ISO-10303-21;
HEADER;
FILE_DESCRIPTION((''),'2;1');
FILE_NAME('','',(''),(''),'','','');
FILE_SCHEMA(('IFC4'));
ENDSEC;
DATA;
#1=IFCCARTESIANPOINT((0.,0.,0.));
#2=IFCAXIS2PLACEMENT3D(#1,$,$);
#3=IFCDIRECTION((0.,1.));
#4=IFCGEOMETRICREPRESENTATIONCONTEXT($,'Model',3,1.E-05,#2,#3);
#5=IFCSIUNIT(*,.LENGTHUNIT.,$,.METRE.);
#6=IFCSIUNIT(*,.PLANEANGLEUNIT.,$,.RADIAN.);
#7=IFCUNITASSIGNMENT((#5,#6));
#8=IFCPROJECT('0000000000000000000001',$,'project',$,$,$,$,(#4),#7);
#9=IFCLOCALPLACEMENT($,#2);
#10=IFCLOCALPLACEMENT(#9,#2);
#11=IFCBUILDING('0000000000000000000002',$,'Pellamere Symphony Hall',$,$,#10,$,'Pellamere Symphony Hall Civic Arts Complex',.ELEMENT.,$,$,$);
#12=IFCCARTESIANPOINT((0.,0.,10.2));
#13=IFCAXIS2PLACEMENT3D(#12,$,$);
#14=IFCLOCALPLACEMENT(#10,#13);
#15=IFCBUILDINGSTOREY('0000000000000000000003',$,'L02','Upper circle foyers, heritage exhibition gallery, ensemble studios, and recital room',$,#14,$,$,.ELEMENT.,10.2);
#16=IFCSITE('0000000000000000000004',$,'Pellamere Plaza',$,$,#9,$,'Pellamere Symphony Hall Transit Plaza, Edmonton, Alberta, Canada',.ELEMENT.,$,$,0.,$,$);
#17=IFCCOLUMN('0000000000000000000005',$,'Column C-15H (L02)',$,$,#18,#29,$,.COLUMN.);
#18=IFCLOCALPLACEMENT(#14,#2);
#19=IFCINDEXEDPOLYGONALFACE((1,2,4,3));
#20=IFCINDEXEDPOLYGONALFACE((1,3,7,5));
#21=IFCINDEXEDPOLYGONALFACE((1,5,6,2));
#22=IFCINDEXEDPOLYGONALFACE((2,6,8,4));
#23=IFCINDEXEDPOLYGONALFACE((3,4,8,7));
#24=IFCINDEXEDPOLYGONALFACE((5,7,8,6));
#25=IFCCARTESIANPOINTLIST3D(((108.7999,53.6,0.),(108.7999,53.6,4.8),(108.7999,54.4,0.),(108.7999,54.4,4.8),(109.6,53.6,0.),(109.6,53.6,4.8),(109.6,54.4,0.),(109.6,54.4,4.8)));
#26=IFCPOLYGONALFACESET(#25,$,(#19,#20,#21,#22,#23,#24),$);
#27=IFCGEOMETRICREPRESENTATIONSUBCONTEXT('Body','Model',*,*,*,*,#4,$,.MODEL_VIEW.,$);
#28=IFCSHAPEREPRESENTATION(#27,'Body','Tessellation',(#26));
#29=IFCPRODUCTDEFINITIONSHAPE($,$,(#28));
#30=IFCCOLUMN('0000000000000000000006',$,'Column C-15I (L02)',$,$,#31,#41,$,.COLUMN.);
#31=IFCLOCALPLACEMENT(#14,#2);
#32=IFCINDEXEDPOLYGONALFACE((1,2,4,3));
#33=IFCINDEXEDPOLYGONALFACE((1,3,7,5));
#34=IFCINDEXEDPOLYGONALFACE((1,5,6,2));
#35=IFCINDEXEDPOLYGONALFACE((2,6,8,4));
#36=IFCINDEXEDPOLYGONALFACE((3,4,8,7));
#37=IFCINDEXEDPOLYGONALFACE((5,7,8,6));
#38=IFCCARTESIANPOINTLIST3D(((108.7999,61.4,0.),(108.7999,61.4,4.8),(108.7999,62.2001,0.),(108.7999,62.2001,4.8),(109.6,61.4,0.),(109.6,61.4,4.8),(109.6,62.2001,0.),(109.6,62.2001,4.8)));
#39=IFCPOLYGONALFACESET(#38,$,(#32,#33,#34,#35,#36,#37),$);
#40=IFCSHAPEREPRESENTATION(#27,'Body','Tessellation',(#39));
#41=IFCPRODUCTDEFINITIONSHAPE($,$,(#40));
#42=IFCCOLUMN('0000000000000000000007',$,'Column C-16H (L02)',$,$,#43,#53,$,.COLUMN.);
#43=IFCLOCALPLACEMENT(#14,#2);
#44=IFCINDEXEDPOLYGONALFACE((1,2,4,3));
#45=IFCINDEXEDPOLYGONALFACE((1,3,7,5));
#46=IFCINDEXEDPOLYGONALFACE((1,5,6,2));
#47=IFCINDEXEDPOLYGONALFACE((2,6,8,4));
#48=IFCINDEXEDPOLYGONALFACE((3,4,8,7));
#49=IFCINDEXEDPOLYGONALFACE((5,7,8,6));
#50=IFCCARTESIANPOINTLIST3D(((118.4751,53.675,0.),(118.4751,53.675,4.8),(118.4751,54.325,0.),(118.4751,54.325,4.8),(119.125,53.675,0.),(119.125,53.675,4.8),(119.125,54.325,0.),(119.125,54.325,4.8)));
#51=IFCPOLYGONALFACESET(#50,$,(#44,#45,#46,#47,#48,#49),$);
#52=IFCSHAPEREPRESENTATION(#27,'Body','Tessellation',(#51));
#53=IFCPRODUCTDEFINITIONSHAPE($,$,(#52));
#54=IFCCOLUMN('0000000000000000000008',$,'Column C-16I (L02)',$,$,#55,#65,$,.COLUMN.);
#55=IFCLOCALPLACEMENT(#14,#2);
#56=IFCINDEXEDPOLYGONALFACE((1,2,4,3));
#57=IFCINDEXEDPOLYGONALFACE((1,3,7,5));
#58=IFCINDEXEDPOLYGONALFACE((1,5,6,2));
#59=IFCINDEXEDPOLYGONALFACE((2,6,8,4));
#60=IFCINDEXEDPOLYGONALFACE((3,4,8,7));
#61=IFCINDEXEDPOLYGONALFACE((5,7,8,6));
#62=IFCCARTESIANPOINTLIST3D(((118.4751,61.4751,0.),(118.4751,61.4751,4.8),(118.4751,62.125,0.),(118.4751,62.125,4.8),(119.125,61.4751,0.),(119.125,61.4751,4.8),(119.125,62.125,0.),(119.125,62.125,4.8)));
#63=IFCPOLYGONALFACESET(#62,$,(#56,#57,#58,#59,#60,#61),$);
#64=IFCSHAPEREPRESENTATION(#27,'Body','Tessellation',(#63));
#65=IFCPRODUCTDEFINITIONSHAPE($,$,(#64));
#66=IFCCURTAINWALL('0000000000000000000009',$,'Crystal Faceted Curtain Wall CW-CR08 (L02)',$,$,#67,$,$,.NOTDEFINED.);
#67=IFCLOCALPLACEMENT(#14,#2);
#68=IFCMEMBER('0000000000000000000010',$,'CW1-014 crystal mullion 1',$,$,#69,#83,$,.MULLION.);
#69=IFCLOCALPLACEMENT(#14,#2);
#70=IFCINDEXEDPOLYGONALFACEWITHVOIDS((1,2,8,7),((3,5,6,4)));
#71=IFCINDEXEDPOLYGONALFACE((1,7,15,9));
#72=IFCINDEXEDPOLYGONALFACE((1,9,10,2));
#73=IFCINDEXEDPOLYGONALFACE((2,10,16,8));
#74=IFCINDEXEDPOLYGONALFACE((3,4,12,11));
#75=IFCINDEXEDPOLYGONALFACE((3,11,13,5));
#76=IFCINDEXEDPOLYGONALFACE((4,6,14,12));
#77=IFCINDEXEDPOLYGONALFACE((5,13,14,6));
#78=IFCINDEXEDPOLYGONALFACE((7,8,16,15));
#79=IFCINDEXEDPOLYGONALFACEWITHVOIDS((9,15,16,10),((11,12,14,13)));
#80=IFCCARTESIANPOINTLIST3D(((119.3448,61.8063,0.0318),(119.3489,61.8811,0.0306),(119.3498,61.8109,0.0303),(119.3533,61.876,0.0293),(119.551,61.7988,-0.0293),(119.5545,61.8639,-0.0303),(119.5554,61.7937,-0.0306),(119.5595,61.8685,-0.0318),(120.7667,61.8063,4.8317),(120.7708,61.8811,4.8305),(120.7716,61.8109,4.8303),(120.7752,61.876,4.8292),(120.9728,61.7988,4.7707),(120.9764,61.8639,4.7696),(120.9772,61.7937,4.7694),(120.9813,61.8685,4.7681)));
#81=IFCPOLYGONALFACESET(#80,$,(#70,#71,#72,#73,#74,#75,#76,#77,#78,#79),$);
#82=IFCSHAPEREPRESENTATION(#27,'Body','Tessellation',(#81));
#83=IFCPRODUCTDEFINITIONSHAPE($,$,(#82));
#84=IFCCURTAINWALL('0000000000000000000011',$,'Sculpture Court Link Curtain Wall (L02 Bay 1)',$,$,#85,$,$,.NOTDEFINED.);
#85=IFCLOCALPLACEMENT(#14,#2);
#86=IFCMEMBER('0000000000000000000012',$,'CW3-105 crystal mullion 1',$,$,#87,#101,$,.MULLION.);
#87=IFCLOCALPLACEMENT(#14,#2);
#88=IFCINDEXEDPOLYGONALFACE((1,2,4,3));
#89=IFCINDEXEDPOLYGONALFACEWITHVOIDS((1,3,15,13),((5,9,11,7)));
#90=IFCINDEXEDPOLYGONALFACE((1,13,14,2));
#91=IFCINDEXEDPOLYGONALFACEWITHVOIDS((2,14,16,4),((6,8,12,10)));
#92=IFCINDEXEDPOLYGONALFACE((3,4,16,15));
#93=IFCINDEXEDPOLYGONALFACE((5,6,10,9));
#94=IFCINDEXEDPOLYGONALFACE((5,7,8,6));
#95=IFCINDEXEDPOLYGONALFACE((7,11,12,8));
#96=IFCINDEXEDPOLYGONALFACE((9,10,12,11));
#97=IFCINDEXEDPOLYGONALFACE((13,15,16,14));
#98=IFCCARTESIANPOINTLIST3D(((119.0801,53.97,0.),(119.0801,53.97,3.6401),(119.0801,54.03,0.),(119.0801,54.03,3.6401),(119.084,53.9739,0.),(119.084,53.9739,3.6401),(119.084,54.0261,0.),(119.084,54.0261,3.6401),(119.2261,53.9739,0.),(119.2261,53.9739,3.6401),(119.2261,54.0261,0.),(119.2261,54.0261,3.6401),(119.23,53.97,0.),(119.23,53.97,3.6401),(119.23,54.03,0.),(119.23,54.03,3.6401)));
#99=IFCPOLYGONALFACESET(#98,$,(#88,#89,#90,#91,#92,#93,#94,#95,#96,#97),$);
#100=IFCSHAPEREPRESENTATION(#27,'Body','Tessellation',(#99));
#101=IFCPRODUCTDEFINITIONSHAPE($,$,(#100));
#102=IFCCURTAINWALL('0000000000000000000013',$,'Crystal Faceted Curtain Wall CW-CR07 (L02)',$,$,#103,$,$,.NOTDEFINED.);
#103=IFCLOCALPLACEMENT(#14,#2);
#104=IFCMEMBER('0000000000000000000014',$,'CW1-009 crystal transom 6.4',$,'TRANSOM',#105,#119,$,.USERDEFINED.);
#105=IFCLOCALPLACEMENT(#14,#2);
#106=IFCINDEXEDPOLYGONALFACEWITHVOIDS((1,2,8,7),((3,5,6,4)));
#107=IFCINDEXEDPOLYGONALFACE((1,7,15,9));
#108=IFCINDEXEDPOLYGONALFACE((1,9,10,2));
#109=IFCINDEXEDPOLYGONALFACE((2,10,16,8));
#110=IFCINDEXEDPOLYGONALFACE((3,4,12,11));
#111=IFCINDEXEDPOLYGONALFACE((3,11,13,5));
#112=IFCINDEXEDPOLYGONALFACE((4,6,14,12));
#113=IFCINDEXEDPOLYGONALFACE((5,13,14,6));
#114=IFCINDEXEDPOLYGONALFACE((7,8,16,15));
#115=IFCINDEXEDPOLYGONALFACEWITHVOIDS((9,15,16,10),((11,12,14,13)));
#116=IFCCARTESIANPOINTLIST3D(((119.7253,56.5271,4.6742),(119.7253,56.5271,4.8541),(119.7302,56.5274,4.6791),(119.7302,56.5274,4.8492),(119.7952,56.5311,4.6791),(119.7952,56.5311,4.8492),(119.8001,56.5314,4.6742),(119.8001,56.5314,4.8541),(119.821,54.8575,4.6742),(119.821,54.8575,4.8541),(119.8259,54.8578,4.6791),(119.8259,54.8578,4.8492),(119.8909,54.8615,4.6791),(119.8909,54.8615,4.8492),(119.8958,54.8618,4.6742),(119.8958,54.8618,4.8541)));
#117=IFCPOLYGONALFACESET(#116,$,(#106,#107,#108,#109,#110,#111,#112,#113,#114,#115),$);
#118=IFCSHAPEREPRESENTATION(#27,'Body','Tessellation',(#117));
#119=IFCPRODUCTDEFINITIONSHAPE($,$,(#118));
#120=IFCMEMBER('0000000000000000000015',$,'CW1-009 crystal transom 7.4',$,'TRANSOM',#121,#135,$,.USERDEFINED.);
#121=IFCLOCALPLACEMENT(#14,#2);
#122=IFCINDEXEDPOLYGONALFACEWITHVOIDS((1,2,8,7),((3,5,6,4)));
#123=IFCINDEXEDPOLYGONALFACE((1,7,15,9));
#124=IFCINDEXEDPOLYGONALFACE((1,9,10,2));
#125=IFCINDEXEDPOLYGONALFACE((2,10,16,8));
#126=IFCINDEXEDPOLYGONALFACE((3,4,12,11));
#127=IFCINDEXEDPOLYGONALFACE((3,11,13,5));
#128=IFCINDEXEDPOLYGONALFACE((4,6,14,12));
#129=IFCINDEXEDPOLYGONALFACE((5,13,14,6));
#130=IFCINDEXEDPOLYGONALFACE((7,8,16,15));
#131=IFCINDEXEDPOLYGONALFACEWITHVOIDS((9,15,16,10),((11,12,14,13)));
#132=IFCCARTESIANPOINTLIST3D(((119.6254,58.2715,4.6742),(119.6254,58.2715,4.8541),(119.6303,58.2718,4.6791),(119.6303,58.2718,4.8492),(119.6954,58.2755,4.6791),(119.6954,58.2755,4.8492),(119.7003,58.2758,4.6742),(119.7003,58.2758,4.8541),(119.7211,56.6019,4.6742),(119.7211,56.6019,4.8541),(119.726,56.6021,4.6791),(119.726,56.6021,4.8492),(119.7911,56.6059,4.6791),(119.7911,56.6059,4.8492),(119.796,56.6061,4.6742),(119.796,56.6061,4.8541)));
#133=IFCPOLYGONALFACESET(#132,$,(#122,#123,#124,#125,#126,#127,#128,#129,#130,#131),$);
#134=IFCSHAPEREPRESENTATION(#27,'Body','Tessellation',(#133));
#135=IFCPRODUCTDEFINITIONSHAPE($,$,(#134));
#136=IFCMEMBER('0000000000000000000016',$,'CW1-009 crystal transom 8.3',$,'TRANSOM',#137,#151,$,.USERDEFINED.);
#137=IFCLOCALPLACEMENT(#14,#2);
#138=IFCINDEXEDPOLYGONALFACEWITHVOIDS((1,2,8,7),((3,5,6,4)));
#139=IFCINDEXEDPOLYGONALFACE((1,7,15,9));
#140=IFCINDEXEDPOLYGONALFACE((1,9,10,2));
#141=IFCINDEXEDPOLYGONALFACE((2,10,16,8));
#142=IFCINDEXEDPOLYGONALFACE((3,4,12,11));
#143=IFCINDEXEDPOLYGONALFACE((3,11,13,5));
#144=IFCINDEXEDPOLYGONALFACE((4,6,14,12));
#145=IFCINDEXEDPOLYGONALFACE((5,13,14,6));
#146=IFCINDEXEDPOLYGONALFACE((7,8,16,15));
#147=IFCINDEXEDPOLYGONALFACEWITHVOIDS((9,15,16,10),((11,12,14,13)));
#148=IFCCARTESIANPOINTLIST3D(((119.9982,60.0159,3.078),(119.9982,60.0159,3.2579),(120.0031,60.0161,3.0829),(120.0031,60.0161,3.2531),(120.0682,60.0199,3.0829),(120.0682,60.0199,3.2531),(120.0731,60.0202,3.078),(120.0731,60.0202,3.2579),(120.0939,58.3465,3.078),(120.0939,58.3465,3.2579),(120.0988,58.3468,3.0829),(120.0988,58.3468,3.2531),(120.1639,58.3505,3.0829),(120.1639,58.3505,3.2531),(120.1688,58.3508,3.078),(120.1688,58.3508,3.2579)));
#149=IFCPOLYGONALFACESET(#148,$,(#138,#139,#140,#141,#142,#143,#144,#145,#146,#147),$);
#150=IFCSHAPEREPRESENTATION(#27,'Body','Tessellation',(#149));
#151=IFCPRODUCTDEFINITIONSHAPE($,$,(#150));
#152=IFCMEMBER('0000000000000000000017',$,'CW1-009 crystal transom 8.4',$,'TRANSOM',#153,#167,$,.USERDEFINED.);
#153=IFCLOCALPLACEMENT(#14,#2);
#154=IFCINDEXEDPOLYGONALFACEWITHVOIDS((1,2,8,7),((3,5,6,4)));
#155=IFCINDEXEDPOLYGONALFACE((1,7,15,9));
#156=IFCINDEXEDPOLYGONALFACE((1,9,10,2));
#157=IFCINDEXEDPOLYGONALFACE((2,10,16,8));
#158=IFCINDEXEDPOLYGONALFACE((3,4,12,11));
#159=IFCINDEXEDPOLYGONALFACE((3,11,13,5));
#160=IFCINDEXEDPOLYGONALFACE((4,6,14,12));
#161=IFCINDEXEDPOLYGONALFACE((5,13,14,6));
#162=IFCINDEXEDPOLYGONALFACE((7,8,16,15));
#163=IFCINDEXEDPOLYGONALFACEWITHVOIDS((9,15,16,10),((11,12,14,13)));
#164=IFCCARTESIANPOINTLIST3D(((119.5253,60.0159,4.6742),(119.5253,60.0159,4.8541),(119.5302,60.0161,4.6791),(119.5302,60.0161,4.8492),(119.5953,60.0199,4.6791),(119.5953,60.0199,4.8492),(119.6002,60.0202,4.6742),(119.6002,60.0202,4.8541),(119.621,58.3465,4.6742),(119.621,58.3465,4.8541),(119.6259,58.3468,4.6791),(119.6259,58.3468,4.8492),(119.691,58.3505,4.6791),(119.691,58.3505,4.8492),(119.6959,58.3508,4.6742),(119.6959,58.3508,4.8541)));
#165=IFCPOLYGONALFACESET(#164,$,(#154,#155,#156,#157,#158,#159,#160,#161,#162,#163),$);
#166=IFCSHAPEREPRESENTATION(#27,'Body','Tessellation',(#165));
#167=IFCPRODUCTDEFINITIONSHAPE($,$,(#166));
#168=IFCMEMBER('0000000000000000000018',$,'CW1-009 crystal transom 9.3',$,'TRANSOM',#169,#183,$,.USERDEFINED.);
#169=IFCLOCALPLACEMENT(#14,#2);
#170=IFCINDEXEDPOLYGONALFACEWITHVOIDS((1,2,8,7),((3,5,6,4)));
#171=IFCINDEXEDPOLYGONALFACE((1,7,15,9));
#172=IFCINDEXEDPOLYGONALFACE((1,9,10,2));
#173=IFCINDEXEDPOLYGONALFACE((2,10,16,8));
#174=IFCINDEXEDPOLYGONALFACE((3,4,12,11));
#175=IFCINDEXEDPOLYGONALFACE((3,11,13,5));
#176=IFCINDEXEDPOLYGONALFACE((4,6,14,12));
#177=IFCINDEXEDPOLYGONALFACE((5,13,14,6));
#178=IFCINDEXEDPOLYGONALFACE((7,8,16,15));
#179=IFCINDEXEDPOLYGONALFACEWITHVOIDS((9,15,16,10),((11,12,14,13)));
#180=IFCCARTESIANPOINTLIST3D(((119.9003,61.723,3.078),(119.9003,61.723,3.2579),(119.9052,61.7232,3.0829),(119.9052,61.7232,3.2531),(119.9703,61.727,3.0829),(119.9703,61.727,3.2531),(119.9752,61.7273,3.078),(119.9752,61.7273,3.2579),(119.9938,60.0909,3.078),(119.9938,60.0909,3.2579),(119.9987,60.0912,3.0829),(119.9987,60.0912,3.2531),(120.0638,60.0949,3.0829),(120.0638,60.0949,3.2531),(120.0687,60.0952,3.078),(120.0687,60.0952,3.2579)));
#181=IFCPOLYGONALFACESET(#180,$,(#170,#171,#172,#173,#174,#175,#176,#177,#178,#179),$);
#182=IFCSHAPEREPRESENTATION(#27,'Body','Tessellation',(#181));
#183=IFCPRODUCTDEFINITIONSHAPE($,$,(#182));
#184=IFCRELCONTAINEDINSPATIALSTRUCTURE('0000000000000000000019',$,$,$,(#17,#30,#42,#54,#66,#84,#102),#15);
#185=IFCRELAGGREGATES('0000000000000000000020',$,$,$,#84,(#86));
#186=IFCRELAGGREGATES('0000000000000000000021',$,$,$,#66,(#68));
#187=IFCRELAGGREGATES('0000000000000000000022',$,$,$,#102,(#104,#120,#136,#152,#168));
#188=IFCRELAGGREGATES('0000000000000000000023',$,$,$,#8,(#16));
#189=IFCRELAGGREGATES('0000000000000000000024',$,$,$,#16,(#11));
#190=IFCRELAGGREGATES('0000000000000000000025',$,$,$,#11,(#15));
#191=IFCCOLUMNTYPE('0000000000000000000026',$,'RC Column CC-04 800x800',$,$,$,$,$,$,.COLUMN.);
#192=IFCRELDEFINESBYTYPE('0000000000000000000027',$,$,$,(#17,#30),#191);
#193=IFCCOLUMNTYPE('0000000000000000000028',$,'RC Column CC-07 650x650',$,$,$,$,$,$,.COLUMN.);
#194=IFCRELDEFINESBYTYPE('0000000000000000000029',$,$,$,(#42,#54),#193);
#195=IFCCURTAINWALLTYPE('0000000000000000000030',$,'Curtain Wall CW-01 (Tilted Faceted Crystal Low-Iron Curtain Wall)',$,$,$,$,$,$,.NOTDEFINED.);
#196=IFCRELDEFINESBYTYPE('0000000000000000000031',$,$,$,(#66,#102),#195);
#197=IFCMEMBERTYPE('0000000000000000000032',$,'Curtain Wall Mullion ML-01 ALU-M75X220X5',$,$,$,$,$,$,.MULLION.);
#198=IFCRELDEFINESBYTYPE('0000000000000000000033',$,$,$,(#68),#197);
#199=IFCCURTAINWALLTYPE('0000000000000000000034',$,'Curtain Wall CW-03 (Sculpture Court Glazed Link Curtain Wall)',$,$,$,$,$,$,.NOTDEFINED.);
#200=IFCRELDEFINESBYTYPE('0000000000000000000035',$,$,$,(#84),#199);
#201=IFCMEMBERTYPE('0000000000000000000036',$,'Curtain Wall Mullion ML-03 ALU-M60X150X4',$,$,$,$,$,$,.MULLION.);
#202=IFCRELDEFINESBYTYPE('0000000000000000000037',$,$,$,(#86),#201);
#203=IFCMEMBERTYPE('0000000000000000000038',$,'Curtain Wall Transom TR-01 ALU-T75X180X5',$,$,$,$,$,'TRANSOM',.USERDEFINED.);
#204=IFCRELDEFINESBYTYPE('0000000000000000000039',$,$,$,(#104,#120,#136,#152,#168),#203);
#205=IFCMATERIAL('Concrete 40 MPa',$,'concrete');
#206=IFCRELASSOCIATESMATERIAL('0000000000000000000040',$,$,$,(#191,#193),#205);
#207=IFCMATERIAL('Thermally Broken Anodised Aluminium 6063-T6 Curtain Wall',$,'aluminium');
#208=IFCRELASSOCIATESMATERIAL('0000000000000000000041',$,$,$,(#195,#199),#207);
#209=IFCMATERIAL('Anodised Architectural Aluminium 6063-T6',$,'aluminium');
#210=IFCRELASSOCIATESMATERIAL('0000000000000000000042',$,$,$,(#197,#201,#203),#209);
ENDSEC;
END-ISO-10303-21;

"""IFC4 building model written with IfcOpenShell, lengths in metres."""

from ifc_helpers import new_model, si_unit, direction, frame, origin, origin_2d, place, context, subcontext, project, spatial, rectangle, hollow_rectangle, extrude, material, material_profile, profile_set, type_object, element, aggregate, save


model = new_model("IFC4")

# Units and contexts
model_context = context("Model", 3, precision=1e-05, world=origin(), true_north=direction((0.0, 1.0)))
body_context = subcontext(model_context, "Body", "Model", "MODEL_VIEW")
ifc_project = project(units=[si_unit("LENGTHUNIT", "METRE"), si_unit("PLANEANGLEUNIT", "RADIAN")], contexts=[model_context])

# Site, building, storey
site_placement = place(None, origin())
site = spatial("IfcSite", under=ifc_project, at=site_placement, Name="Pellamere Plaza", LongName="Pellamere Symphony Hall Transit Plaza, Edmonton, Alberta, Canada", CompositionType="ELEMENT", RefElevation=0.0)
building_placement = place(site_placement, origin())
building = spatial("IfcBuilding", under=site, at=building_placement, Name="Pellamere Symphony Hall", LongName="Pellamere Symphony Hall Civic Arts Complex", CompositionType="ELEMENT")
storey_placement = place(building_placement, frame((0.0, 0.0, 10.2)))
storey = spatial("IfcBuildingStorey", under=building, at=storey_placement, Name="L02", Description="Upper circle foyers, heritage exhibition gallery, ensemble studios, and recital room", CompositionType="ELEMENT", Elevation=10.2)

# Columns
ifc_material_1 = material(Name="Concrete 40 MPa", Category="concrete")
ifc_material_profile_1 = material_profile(ifc_material_1, rectangle(XDim=0.8, YDim=0.8, at=origin_2d()), Name="RC 800x800")
ifc_profile_set_1 = profile_set([ifc_material_profile_1], Name="Concrete 40 MPa")
column_type_1 = type_object("IfcColumnType", Name="RC Column CC-04 800x800", PredefinedType="COLUMN", material=ifc_profile_set_1)
for number, where, z_axis, x_axis, name in (
    (1, (109.2, 54.0, 0.0), (0.0, 0.0, 1.0), (1.0, 0.0, 0.0), "Column C-15H (L02)"),
    (2, (109.2, 61.8, 0.0), (0.0, 0.0, 1.0), (1.0, 0.0, 0.0), "Column C-15I (L02)"),
):
    element("IfcColumn", number, at=place(storey_placement, frame(where, z_axis=z_axis, x_axis=x_axis)), inside=storey, type_object=column_type_1, Name=name, PredefinedType="COLUMN", context=body_context, shape_type="SweptSolid", body=[
        extrude(rectangle(XDim=0.8, YDim=0.8, at=origin_2d()), origin(), (0.0, 0.0, 1.0), 4.8),
    ])
ifc_material_profile_2 = material_profile(ifc_material_1, rectangle(XDim=0.6499, YDim=0.6499, at=origin_2d()), Name="RC 650x650")
ifc_profile_set_2 = profile_set([ifc_material_profile_2], Name="Concrete 40 MPa")
column_type_2 = type_object("IfcColumnType", Name="RC Column CC-07 650x650", PredefinedType="COLUMN", material=ifc_profile_set_2)
for number, where, z_axis, x_axis, name in (
    (3, (118.8, 54.0, 0.0), (0.0, 0.0, 1.0), (1.0, 0.0, 0.0), "Column C-16H (L02)"),
    (4, (118.8, 61.8, 0.0), (0.0, 0.0, 1.0), (1.0, 0.0, 0.0), "Column C-16I (L02)"),
):
    element("IfcColumn", number, at=place(storey_placement, frame(where, z_axis=z_axis, x_axis=x_axis)), inside=storey, type_object=column_type_2, Name=name, PredefinedType="COLUMN", context=body_context, shape_type="SweptSolid", body=[
        extrude(rectangle(XDim=0.6499, YDim=0.6499, at=origin_2d()), origin(), (0.0, 0.0, 1.0), 4.8),
    ])

# Curtain walls, members
ifc_material_2 = material(Name="Thermally Broken Anodised Aluminium 6063-T6 Curtain Wall", Category="aluminium")
curtain_wall_type_1 = type_object("IfcCurtainWallType", Name="Curtain Wall CW-01 (Tilted Faceted Crystal Low-Iron Curtain Wall)", PredefinedType="NOTDEFINED", material=ifc_material_2)
curtain_wall_1_placement = place(storey_placement, origin())
curtain_wall_1 = element("IfcCurtainWall", 5, at=curtain_wall_1_placement, inside=storey, type_object=curtain_wall_type_1, Name="Crystal Faceted Curtain Wall CW-CR08 (L02)", PredefinedType="NOTDEFINED")
ifc_material_3 = material(Name="Anodised Architectural Aluminium 6063-T6", Category="aluminium")
ifc_material_profile_3 = material_profile(ifc_material_3, hollow_rectangle(XDim=0.075, YDim=0.22, WallThickness=0.0049, at=origin_2d()), Name="ALU-M75X220X5")
ifc_profile_set_3 = profile_set([ifc_material_profile_3], Name="Anodised Architectural Aluminium 6063-T6")
member_type_1 = type_object("IfcMemberType", Name="Curtain Wall Mullion ML-01 ALU-M75X220X5", PredefinedType="MULLION", material=ifc_profile_set_3)
member_1_placement = place(storey_placement, frame((119.4521, 61.8374, 0.0), z_axis=(0.284022, 0.0, 0.958818), x_axis=(-0.054874, -0.998361, 0.016255)))
member_1 = element("IfcMember", 6, at=member_1_placement, type_object=member_type_1, Name="CW1-014 crystal mullion 1", PredefinedType="MULLION", context=body_context, shape_type="SweptSolid", body=[
    extrude(hollow_rectangle(XDim=0.075, YDim=0.22, WallThickness=0.0049, at=origin_2d()), origin(), (0.0, 0.0, 1.0), 5.0061),
])
curtain_wall_type_2 = type_object("IfcCurtainWallType", Name="Curtain Wall CW-03 (Sculpture Court Glazed Link Curtain Wall)", PredefinedType="NOTDEFINED", material=ifc_material_2)
curtain_wall_2_placement = place(storey_placement, origin())
curtain_wall_2 = element("IfcCurtainWall", 7, at=curtain_wall_2_placement, inside=storey, type_object=curtain_wall_type_2, Name="Sculpture Court Link Curtain Wall (L02 Bay 1)", PredefinedType="NOTDEFINED")
ifc_material_profile_4 = material_profile(ifc_material_3, hollow_rectangle(XDim=0.0601, YDim=0.1499, WallThickness=0.0039, at=origin_2d()), Name="ALU-M60X150X4")
ifc_profile_set_4 = profile_set([ifc_material_profile_4], Name="Anodised Architectural Aluminium 6063-T6")
member_type_2 = type_object("IfcMemberType", Name="Curtain Wall Mullion ML-03 ALU-M60X150X4", PredefinedType="MULLION", material=ifc_profile_set_4)
member_2_placement = place(storey_placement, frame((119.155, 54.0, 0.0), z_axis=(0.0, 0.0, 1.0), x_axis=(0.0, 1.0, 0.0)))
member_2 = element("IfcMember", 8, at=member_2_placement, type_object=member_type_2, Name="CW3-105 crystal mullion 1", PredefinedType="MULLION", context=body_context, shape_type="SweptSolid", body=[
    extrude(hollow_rectangle(XDim=0.0601, YDim=0.1499, WallThickness=0.0039, at=origin_2d()), origin(), (0.0, 0.0, 1.0), 3.6401),
])

# Curtain wall, members
curtain_wall_3_placement = place(storey_placement, origin())
curtain_wall_3 = element("IfcCurtainWall", 9, at=curtain_wall_3_placement, inside=storey, type_object=curtain_wall_type_1, Name="Crystal Faceted Curtain Wall CW-CR07 (L02)", PredefinedType="NOTDEFINED")
ifc_material_profile_5 = material_profile(ifc_material_3, hollow_rectangle(XDim=0.075, YDim=0.1799, WallThickness=0.0049, at=origin_2d()), Name="ALU-T75X180X5")
ifc_profile_set_5 = profile_set([ifc_material_profile_5], Name="Anodised Architectural Aluminium 6063-T6")
member_type_3 = type_object("IfcMemberType", Name="Curtain Wall Transom TR-01 ALU-T75X180X5", ElementType="TRANSOM", PredefinedType="USERDEFINED", material=ifc_profile_set_5)
member_3_placement = place(storey_placement, frame((119.8584, 54.8596, 4.7642), z_axis=(-0.057224, 0.998361, 0.0), x_axis=(-0.998361, -0.057224, 0.0)))
member_3 = element("IfcMember", 10, at=member_3_placement, type_object=member_type_3, Name="CW1-009 crystal transom 6.4", ObjectType="TRANSOM", PredefinedType="USERDEFINED", context=body_context, shape_type="SweptSolid", body=[
    extrude(hollow_rectangle(XDim=0.075, YDim=0.1799, WallThickness=0.0049, at=origin_2d()), origin(), (0.0, 0.0, 1.0), 1.6724),
])
member_4_placement = place(storey_placement, frame((119.7585, 56.604, 4.7642), z_axis=(-0.057224, 0.998361, 0.0), x_axis=(-0.998361, -0.057224, 0.0)))
member_4 = element("IfcMember", 11, at=member_4_placement, type_object=member_type_3, Name="CW1-009 crystal transom 7.4", ObjectType="TRANSOM", PredefinedType="USERDEFINED", context=body_context, shape_type="SweptSolid", body=[
    extrude(hollow_rectangle(XDim=0.075, YDim=0.1799, WallThickness=0.0049, at=origin_2d()), origin(), (0.0, 0.0, 1.0), 1.6724),
])
member_5_placement = place(storey_placement, frame((120.1313, 58.3486, 3.168), z_axis=(-0.057233, 0.998361, 0.0), x_axis=(-0.998361, -0.057233, 0.0)))
member_5 = element("IfcMember", 12, at=member_5_placement, type_object=member_type_3, Name="CW1-009 crystal transom 8.3", ObjectType="TRANSOM", PredefinedType="USERDEFINED", context=body_context, shape_type="SweptSolid", body=[
    extrude(hollow_rectangle(XDim=0.075, YDim=0.1799, WallThickness=0.0049, at=origin_2d()), origin(), (0.0, 0.0, 1.0), 1.6721),
])
member_6_placement = place(storey_placement, frame((119.6584, 58.3486, 4.7642), z_axis=(-0.057233, 0.998361, 0.0), x_axis=(-0.998361, -0.057233, 0.0)))
member_6 = element("IfcMember", 13, at=member_6_placement, type_object=member_type_3, Name="CW1-009 crystal transom 8.4", ObjectType="TRANSOM", PredefinedType="USERDEFINED", context=body_context, shape_type="SweptSolid", body=[
    extrude(hollow_rectangle(XDim=0.075, YDim=0.1799, WallThickness=0.0049, at=origin_2d()), origin(), (0.0, 0.0, 1.0), 1.6721),
])
member_7_placement = place(storey_placement, frame((120.0312, 60.093, 3.168), z_axis=(-0.057199, 0.998363, 0.0), x_axis=(-0.998363, -0.057199, 0.0)))
member_7 = element("IfcMember", 14, at=member_7_placement, type_object=member_type_3, Name="CW1-009 crystal transom 9.3", ObjectType="TRANSOM", PredefinedType="USERDEFINED", context=body_context, shape_type="SweptSolid", body=[
    extrude(hollow_rectangle(XDim=0.075, YDim=0.1799, WallThickness=0.0049, at=origin_2d()), origin(), (0.0, 0.0, 1.0), 1.6348),
])

aggregate(curtain_wall_2, [member_2])
aggregate(curtain_wall_1, [member_1])
aggregate(curtain_wall_3, [member_3, member_4, member_5, member_6, member_7])

save(model, "model.ifc")
